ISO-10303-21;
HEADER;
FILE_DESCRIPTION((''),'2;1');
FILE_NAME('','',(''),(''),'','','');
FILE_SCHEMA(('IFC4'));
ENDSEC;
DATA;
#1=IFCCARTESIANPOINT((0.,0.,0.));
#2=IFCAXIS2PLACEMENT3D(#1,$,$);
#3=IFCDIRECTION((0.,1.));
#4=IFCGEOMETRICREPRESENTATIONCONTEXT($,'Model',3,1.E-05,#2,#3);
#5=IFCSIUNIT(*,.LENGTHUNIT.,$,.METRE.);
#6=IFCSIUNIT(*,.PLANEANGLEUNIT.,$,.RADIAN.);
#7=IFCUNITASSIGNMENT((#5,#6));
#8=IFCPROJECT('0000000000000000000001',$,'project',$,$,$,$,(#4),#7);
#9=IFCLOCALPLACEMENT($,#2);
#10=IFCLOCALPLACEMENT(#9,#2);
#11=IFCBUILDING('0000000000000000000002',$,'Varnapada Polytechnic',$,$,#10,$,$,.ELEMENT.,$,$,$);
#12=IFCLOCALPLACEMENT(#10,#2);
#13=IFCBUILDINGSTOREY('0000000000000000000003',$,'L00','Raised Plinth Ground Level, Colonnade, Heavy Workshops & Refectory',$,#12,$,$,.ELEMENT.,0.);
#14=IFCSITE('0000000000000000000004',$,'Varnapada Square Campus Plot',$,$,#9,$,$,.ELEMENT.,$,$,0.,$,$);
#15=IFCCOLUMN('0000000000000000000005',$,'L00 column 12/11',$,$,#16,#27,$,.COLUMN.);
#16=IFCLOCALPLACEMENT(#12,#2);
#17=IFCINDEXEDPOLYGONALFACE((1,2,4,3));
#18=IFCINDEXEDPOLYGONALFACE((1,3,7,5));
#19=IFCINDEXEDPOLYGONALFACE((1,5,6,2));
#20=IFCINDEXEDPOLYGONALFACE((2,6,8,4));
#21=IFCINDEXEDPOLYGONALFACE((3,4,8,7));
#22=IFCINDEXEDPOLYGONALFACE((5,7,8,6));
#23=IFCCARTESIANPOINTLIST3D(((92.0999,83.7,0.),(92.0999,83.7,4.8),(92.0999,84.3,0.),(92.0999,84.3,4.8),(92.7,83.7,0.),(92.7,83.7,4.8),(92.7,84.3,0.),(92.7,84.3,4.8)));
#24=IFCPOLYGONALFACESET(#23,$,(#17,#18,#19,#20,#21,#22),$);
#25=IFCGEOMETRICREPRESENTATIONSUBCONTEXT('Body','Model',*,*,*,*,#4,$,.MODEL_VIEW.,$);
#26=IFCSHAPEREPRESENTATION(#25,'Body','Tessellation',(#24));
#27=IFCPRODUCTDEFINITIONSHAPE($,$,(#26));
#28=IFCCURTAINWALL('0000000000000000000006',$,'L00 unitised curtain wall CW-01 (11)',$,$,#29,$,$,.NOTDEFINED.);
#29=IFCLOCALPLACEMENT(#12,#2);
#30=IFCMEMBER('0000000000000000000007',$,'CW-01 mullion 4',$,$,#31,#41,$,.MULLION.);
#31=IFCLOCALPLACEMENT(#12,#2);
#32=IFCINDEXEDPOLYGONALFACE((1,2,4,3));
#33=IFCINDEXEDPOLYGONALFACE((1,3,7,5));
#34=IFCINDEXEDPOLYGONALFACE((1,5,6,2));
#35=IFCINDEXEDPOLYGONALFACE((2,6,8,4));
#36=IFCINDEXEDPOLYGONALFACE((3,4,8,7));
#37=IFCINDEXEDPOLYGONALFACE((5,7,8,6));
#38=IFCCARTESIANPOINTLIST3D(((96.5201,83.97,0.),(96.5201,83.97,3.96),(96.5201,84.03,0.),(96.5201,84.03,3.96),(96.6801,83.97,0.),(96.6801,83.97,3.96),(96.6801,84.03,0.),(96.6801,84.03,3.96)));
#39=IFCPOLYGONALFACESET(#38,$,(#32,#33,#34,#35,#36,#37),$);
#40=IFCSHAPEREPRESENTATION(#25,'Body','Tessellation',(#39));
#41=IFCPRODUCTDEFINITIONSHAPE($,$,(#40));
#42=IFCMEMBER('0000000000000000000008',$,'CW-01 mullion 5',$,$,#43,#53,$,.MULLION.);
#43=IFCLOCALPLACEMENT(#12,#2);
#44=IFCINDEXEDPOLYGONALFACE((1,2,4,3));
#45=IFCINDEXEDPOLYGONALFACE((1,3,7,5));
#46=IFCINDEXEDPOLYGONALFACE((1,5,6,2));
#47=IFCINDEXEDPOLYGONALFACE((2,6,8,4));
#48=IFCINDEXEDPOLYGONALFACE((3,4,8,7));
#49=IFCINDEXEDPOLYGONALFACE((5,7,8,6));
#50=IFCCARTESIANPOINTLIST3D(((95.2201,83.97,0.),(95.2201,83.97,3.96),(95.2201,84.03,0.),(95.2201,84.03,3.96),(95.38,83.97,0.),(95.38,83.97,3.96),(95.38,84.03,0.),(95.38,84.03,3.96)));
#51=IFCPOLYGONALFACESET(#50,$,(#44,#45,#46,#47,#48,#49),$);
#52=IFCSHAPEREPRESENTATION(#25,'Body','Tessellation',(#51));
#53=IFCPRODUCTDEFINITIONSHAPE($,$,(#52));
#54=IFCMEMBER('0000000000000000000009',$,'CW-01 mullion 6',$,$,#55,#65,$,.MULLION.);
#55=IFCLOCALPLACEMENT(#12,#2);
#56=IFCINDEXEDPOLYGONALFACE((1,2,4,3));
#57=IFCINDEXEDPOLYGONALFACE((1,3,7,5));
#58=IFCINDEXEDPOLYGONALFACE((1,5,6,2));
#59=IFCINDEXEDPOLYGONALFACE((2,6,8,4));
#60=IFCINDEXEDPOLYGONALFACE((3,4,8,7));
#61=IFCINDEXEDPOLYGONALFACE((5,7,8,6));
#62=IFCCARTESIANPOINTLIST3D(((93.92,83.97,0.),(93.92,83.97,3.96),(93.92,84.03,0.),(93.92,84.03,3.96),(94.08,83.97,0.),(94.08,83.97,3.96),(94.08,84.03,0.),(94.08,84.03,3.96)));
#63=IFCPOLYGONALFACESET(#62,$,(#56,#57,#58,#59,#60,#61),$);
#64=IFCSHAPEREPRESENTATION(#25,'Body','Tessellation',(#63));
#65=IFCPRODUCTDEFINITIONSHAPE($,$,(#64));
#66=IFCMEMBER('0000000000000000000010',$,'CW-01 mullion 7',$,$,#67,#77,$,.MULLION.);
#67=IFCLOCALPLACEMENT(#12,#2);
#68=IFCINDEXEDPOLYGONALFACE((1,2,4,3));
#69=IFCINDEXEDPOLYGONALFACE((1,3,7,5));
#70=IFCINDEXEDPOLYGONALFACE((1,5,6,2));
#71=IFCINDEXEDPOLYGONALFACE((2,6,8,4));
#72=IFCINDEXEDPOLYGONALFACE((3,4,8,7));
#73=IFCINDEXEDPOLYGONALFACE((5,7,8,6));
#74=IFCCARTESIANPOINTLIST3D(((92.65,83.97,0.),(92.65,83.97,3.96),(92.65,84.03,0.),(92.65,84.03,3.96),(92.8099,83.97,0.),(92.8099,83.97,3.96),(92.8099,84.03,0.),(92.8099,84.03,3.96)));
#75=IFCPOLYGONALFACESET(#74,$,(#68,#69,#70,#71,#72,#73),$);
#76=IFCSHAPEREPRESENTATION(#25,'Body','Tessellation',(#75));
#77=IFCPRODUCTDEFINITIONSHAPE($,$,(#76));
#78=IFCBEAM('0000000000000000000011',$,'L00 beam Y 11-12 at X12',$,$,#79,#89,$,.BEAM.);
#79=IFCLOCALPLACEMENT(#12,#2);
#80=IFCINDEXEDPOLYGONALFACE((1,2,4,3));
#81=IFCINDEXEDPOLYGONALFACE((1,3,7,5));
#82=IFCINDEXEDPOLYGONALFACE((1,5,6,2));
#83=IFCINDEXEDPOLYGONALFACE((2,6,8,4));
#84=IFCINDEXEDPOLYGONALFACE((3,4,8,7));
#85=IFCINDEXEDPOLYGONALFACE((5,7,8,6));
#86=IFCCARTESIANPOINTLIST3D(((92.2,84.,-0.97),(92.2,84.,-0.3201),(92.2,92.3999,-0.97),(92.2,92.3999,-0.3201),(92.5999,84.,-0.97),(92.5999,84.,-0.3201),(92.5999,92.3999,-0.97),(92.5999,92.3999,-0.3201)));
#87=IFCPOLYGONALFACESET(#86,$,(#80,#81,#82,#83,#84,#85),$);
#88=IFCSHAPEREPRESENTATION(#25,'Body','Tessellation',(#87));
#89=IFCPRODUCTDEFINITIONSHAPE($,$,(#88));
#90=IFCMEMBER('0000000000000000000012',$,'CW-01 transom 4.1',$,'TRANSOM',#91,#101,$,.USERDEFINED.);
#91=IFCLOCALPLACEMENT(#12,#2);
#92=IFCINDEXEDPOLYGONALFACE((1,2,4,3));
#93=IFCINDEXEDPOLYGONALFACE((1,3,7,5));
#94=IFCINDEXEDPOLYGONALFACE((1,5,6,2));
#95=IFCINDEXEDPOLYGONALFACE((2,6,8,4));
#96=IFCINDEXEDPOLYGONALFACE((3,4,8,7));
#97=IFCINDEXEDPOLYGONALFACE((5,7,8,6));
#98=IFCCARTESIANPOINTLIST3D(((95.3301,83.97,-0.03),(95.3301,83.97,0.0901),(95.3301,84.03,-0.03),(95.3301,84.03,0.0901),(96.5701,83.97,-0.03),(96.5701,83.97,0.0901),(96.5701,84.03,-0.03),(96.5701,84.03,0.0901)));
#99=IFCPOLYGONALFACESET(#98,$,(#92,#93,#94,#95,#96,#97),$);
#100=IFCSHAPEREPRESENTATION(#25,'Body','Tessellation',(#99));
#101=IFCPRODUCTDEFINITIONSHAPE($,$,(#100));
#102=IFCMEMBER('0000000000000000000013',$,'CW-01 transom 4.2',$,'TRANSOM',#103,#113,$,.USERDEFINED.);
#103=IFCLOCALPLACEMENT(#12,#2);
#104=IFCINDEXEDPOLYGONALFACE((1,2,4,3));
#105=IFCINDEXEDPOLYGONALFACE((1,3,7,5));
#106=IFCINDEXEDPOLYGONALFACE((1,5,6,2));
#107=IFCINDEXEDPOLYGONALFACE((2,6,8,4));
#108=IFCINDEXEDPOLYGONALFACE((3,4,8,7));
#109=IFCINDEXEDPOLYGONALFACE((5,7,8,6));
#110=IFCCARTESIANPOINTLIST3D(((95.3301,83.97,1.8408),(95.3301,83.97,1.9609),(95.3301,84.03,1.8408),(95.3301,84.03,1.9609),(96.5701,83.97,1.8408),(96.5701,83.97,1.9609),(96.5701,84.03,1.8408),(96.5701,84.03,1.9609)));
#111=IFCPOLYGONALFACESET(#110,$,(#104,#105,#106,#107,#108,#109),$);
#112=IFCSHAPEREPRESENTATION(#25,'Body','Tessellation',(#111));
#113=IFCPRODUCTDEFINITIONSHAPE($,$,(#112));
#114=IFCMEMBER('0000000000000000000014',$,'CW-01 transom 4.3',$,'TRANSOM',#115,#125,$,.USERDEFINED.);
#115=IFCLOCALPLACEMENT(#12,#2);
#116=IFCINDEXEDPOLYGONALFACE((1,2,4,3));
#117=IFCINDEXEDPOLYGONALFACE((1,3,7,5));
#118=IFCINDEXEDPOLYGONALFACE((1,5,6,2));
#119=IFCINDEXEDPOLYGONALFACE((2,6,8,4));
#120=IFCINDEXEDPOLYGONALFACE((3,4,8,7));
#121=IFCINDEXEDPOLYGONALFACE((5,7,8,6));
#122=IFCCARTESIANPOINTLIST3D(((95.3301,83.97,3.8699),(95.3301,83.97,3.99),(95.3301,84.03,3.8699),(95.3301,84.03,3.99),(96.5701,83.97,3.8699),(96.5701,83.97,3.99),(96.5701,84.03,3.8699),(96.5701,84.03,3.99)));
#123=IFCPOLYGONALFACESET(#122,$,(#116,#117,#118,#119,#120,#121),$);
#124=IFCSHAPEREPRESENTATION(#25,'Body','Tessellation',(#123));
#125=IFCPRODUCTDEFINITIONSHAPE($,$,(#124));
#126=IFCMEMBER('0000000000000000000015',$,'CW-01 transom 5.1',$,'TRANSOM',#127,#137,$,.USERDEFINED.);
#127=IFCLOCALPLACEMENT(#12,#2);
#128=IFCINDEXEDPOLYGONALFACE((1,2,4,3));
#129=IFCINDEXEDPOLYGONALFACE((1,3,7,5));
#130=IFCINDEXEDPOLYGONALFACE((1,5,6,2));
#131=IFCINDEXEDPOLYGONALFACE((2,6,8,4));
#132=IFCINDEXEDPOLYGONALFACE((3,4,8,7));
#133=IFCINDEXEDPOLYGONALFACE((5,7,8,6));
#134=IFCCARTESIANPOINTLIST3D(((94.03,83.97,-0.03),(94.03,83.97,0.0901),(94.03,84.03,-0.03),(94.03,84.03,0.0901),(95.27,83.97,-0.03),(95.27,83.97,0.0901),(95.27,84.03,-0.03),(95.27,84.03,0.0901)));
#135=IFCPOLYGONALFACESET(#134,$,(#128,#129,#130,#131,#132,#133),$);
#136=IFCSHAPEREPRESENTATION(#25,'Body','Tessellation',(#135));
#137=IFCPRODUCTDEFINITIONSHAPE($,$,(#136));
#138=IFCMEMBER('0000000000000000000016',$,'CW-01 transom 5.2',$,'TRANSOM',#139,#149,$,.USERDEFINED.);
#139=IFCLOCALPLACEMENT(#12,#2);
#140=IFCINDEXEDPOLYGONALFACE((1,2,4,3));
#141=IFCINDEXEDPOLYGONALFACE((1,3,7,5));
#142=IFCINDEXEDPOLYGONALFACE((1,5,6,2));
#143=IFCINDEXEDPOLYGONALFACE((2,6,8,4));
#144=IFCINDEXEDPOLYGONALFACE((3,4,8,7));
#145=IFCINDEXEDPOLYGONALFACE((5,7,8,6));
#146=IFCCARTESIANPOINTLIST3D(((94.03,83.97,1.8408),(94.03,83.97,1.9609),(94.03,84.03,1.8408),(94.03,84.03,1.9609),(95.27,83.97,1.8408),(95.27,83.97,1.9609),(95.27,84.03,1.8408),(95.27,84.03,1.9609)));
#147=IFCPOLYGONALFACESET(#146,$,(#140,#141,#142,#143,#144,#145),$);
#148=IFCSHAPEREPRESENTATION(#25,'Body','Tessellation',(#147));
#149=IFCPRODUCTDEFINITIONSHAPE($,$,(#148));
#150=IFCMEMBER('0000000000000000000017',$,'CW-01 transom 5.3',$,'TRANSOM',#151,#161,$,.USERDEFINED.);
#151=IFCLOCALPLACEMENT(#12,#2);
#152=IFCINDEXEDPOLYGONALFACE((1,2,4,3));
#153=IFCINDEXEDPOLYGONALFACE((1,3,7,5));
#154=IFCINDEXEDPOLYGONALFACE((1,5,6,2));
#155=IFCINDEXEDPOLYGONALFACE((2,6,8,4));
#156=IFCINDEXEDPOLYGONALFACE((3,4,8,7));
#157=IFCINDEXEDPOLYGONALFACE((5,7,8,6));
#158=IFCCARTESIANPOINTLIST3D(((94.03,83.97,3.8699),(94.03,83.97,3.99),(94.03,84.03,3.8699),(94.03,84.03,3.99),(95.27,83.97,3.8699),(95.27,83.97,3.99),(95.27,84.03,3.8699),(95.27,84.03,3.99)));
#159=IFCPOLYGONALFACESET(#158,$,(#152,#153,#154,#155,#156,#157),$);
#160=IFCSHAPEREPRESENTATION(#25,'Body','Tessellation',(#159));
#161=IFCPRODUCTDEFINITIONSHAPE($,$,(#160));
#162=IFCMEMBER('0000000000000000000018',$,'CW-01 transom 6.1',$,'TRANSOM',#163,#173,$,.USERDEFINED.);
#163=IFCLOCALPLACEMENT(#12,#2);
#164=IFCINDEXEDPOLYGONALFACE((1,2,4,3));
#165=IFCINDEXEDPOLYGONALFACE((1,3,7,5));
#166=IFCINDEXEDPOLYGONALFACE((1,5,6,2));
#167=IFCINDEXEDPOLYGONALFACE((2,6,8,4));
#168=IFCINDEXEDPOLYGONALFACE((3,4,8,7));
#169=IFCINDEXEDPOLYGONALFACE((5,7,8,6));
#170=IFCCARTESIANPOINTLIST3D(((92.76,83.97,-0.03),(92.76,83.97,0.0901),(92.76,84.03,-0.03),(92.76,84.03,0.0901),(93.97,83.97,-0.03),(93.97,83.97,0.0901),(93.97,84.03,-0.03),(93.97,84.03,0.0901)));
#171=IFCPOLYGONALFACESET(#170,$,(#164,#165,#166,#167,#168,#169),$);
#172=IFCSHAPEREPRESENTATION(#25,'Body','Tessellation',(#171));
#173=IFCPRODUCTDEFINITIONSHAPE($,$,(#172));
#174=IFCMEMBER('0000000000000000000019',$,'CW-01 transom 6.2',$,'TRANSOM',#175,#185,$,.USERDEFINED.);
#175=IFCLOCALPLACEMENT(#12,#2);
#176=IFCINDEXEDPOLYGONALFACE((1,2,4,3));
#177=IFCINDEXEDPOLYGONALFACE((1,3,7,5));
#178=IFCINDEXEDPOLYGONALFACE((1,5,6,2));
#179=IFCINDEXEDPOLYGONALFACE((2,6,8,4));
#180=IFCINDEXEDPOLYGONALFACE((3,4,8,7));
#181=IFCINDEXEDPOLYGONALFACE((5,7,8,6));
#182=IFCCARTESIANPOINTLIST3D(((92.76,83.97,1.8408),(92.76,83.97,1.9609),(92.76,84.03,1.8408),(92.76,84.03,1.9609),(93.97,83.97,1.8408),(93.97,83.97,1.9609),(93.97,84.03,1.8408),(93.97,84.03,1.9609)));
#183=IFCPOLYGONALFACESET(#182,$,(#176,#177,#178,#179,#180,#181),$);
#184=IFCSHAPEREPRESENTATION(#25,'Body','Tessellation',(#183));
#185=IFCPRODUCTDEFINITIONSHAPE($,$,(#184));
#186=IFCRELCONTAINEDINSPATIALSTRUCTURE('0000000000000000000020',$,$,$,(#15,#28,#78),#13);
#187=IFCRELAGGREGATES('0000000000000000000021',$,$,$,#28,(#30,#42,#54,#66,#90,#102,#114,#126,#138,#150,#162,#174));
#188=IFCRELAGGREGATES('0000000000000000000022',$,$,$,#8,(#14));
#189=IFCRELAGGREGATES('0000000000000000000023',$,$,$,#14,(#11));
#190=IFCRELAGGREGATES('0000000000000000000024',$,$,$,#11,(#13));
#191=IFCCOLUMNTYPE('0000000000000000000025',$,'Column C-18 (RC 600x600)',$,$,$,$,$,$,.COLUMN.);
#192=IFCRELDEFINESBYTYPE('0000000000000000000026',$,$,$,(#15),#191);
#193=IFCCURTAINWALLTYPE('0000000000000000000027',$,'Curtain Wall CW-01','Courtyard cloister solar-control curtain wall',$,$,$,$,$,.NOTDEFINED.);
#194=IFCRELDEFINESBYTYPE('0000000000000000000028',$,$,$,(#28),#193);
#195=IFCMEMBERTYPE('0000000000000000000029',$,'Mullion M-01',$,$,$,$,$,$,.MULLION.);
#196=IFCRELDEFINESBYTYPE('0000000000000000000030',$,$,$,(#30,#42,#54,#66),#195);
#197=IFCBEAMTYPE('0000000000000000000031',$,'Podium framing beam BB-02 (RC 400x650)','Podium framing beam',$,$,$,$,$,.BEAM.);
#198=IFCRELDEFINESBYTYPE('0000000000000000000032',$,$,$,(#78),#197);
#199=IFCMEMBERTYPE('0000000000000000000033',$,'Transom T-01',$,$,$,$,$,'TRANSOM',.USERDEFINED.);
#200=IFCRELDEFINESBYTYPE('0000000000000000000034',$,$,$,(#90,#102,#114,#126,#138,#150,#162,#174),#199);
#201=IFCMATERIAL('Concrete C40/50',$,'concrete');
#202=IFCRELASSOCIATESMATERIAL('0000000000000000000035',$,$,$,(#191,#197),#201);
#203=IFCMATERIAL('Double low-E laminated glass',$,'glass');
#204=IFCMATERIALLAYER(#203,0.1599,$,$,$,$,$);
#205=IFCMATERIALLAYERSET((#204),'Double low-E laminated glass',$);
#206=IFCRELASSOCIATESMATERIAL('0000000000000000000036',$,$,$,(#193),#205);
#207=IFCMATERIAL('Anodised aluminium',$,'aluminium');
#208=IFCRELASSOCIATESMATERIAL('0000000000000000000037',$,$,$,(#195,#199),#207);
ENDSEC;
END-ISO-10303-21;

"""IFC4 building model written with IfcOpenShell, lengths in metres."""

from ifc_helpers import new_model, si_unit, direction, frame, origin, origin_2d, place, context, subcontext, project, spatial, rectangle, extrude, material, layer, layer_set, material_profile, profile_set, type_object, element, aggregate, save


model = new_model("IFC4")

# Units and contexts
model_context = context("Model", 3, precision=1e-05, world=origin(), true_north=direction((0.0, 1.0)))
body_context = subcontext(model_context, "Body", "Model", "MODEL_VIEW")
ifc_project = project(units=[si_unit("LENGTHUNIT", "METRE"), si_unit("PLANEANGLEUNIT", "RADIAN")], contexts=[model_context])

# Site, building, storey
site_placement = place(None, origin())
site = spatial("IfcSite", under=ifc_project, at=site_placement, Name="Varnapada Square Campus Plot", CompositionType="ELEMENT", RefElevation=0.0)
building_placement = place(site_placement, origin())
building = spatial("IfcBuilding", under=site, at=building_placement, Name="Varnapada Polytechnic", CompositionType="ELEMENT")
storey_placement = place(building_placement, origin())
storey = spatial("IfcBuildingStorey", under=building, at=storey_placement, Name="L00", Description="Raised Plinth Ground Level, Colonnade, Heavy Workshops & Refectory", CompositionType="ELEMENT", Elevation=0.0)

# Column
ifc_material_1 = material(Name="Concrete C40/50", Category="concrete")
ifc_material_profile_1 = material_profile(ifc_material_1, rectangle(XDim=0.6001, YDim=0.6001, at=origin_2d()), Name="RC 600x600")
ifc_profile_set_1 = profile_set([ifc_material_profile_1], Name="Concrete C40/50")
column_type = type_object("IfcColumnType", Name="Column C-18 (RC 600x600)", PredefinedType="COLUMN", material=ifc_profile_set_1)
column_placement = place(storey_placement, frame((92.3999, 84.0, 0.0), z_axis=(0.0, 0.0, 1.0), x_axis=(1.0, 0.0, 0.0)))
element("IfcColumn", 1, at=column_placement, inside=storey, type_object=column_type, Name="L00 column 12/11", PredefinedType="COLUMN", context=body_context, shape_type="SweptSolid", body=[
    extrude(rectangle(XDim=0.6001, YDim=0.6001, at=origin_2d()), origin(), (0.0, 0.0, 1.0), 4.8),
])

# Curtain wall, members
ifc_material_2 = material(Name="Double low-E laminated glass", Category="glass")
ifc_layer_1 = layer(ifc_material_2, 0.1599)
ifc_layer_set_1 = layer_set([ifc_layer_1], Name="Double low-E laminated glass")
curtain_wall_type = type_object("IfcCurtainWallType", Name="Curtain Wall CW-01", Description="Courtyard cloister solar-control curtain wall", PredefinedType="NOTDEFINED", material=ifc_layer_set_1)
curtain_wall_placement = place(storey_placement, origin())
curtain_wall = element("IfcCurtainWall", 2, at=curtain_wall_placement, inside=storey, type_object=curtain_wall_type, Name="L00 unitised curtain wall CW-01 (11)", PredefinedType="NOTDEFINED")
ifc_material_3 = material(Name="Anodised aluminium", Category="aluminium")
ifc_material_profile_2 = material_profile(ifc_material_3, rectangle(XDim=0.0601, YDim=0.1599, at=origin_2d()), Name="ALU M60x160")
ifc_profile_set_2 = profile_set([ifc_material_profile_2], Name="Anodised aluminium")
member_type_1 = type_object("IfcMemberType", Name="Mullion M-01", PredefinedType="MULLION", material=ifc_profile_set_2)
member_1_placement = place(storey_placement, frame((96.6001, 84.0, 0.0), z_axis=(0.0, 0.0, 1.0), x_axis=(0.0, -1.0, 0.0)))
member_1 = element("IfcMember", 3, at=member_1_placement, type_object=member_type_1, Name="CW-01 mullion 4", PredefinedType="MULLION", context=body_context, shape_type="SweptSolid", body=[
    extrude(rectangle(XDim=0.0601, YDim=0.1599, at=origin_2d()), origin(), (0.0, 0.0, 1.0), 3.96),
])
member_2_placement = place(storey_placement, frame((95.3, 84.0, 0.0), z_axis=(0.0, 0.0, 1.0), x_axis=(0.0, -1.0, 0.0)))
member_2 = element("IfcMember", 4, at=member_2_placement, type_object=member_type_1, Name="CW-01 mullion 5", PredefinedType="MULLION", context=body_context, shape_type="SweptSolid", body=[
    extrude(rectangle(XDim=0.0601, YDim=0.1599, at=origin_2d()), origin(), (0.0, 0.0, 1.0), 3.96),
])
member_3_placement = place(storey_placement, frame((94.0, 84.0, 0.0), z_axis=(0.0, 0.0, 1.0), x_axis=(0.0, -1.0, 0.0)))
member_3 = element("IfcMember", 5, at=member_3_placement, type_object=member_type_1, Name="CW-01 mullion 6", PredefinedType="MULLION", context=body_context, shape_type="SweptSolid", body=[
    extrude(rectangle(XDim=0.0601, YDim=0.1599, at=origin_2d()), origin(), (0.0, 0.0, 1.0), 3.96),
])
member_4_placement = place(storey_placement, frame((92.73, 84.0, 0.0), z_axis=(0.0, 0.0, 1.0), x_axis=(0.0, -1.0, 0.0)))
member_4 = element("IfcMember", 6, at=member_4_placement, type_object=member_type_1, Name="CW-01 mullion 7", PredefinedType="MULLION", context=body_context, shape_type="SweptSolid", body=[
    extrude(rectangle(XDim=0.0601, YDim=0.1599, at=origin_2d()), origin(), (0.0, 0.0, 1.0), 3.96),
])

# Beam
ifc_material_profile_3 = material_profile(ifc_material_1, rectangle(XDim=0.3999, YDim=0.6499, at=origin_2d()), Name="RC 400x650")
ifc_profile_set_3 = profile_set([ifc_material_profile_3], Name="Concrete C40/50")
beam_type_1 = type_object("IfcBeamType", Name="Podium framing beam BB-02 (RC 400x650)", Description="Podium framing beam", PredefinedType="BEAM", material=ifc_profile_set_3)
beam_1_placement = place(storey_placement, frame((92.3999, 84.0, -0.645), z_axis=(0.0, 1.0, 0.0), x_axis=(-1.0, 0.0, 0.0)))
element("IfcBeam", 7, at=beam_1_placement, inside=storey, type_object=beam_type_1, Name="L00 beam Y 11-12 at X12", PredefinedType="BEAM", context=body_context, shape_type="SweptSolid", body=[
    extrude(rectangle(XDim=0.3999, YDim=0.6499, at=origin_2d()), origin(), (0.0, 0.0, 1.0), 8.3999),
])

# Members
ifc_material_profile_4 = material_profile(ifc_material_3, rectangle(XDim=0.0601, YDim=0.1201, at=origin_2d()), Name="ALU T60x120")
ifc_profile_set_4 = profile_set([ifc_material_profile_4], Name="Anodised aluminium")
member_type_2 = type_object("IfcMemberType", Name="Transom T-01", ElementType="TRANSOM", PredefinedType="USERDEFINED", material=ifc_profile_set_4)
member_5_placement = place(storey_placement, frame((96.5701, 84.0, 0.03), z_axis=(-1.0, 0.0, 0.0), x_axis=(0.0, -1.0, 0.0)))
member_5 = element("IfcMember", 8, at=member_5_placement, type_object=member_type_2, Name="CW-01 transom 4.1", ObjectType="TRANSOM", PredefinedType="USERDEFINED", context=body_context, shape_type="SweptSolid", body=[
    extrude(rectangle(XDim=0.0601, YDim=0.1201, at=origin_2d()), origin(), (0.0, 0.0, 1.0), 1.24),
])
member_6_placement = place(storey_placement, frame((96.5701, 84.0, 1.9009), z_axis=(-1.0, 0.0, 0.0), x_axis=(0.0, -1.0, 0.0)))
member_6 = element("IfcMember", 9, at=member_6_placement, type_object=member_type_2, Name="CW-01 transom 4.2", ObjectType="TRANSOM", PredefinedType="USERDEFINED", context=body_context, shape_type="SweptSolid", body=[
    extrude(rectangle(XDim=0.0601, YDim=0.1201, at=origin_2d()), origin(), (0.0, 0.0, 1.0), 1.24),
])
member_7_placement = place(storey_placement, frame((96.5701, 84.0, 3.9299), z_axis=(-1.0, 0.0, 0.0), x_axis=(0.0, -1.0, 0.0)))
member_7 = element("IfcMember", 10, at=member_7_placement, type_object=member_type_2, Name="CW-01 transom 4.3", ObjectType="TRANSOM", PredefinedType="USERDEFINED", context=body_context, shape_type="SweptSolid", body=[
    extrude(rectangle(XDim=0.0601, YDim=0.1201, at=origin_2d()), origin(), (0.0, 0.0, 1.0), 1.24),
])
member_8_placement = place(storey_placement, frame((95.27, 84.0, 0.03), z_axis=(-1.0, 0.0, 0.0), x_axis=(0.0, -1.0, 0.0)))
member_8 = element("IfcMember", 11, at=member_8_placement, type_object=member_type_2, Name="CW-01 transom 5.1", ObjectType="TRANSOM", PredefinedType="USERDEFINED", context=body_context, shape_type="SweptSolid", body=[
    extrude(rectangle(XDim=0.0601, YDim=0.1201, at=origin_2d()), origin(), (0.0, 0.0, 1.0), 1.24),
])
member_9_placement = place(storey_placement, frame((95.27, 84.0, 1.9009), z_axis=(-1.0, 0.0, 0.0), x_axis=(0.0, -1.0, 0.0)))
member_9 = element("IfcMember", 12, at=member_9_placement, type_object=member_type_2, Name="CW-01 transom 5.2", ObjectType="TRANSOM", PredefinedType="USERDEFINED", context=body_context, shape_type="SweptSolid", body=[
    extrude(rectangle(XDim=0.0601, YDim=0.1201, at=origin_2d()), origin(), (0.0, 0.0, 1.0), 1.24),
])
member_10_placement = place(storey_placement, frame((95.27, 84.0, 3.9299), z_axis=(-1.0, 0.0, 0.0), x_axis=(0.0, -1.0, 0.0)))
member_10 = element("IfcMember", 13, at=member_10_placement, type_object=member_type_2, Name="CW-01 transom 5.3", ObjectType="TRANSOM", PredefinedType="USERDEFINED", context=body_context, shape_type="SweptSolid", body=[
    extrude(rectangle(XDim=0.0601, YDim=0.1201, at=origin_2d()), origin(), (0.0, 0.0, 1.0), 1.24),
])
member_11_placement = place(storey_placement, frame((93.97, 84.0, 0.03), z_axis=(-1.0, 0.0, 0.0), x_axis=(0.0, -1.0, 0.0)))
member_11 = element("IfcMember", 14, at=member_11_placement, type_object=member_type_2, Name="CW-01 transom 6.1", ObjectType="TRANSOM", PredefinedType="USERDEFINED", context=body_context, shape_type="SweptSolid", body=[
    extrude(rectangle(XDim=0.0601, YDim=0.1201, at=origin_2d()), origin(), (0.0, 0.0, 1.0), 1.21),
])
member_12_placement = place(storey_placement, frame((93.97, 84.0, 1.9009), z_axis=(-1.0, 0.0, 0.0), x_axis=(0.0, -1.0, 0.0)))
member_12 = element("IfcMember", 15, at=member_12_placement, type_object=member_type_2, Name="CW-01 transom 6.2", ObjectType="TRANSOM", PredefinedType="USERDEFINED", context=body_context, shape_type="SweptSolid", body=[
    extrude(rectangle(XDim=0.0601, YDim=0.1201, at=origin_2d()), origin(), (0.0, 0.0, 1.0), 1.21),
])

aggregate(curtain_wall, [member_1, member_2, member_3, member_4, member_5, member_6, member_7, member_8, member_9, member_10, member_11, member_12])

save(model, "model.ifc")
